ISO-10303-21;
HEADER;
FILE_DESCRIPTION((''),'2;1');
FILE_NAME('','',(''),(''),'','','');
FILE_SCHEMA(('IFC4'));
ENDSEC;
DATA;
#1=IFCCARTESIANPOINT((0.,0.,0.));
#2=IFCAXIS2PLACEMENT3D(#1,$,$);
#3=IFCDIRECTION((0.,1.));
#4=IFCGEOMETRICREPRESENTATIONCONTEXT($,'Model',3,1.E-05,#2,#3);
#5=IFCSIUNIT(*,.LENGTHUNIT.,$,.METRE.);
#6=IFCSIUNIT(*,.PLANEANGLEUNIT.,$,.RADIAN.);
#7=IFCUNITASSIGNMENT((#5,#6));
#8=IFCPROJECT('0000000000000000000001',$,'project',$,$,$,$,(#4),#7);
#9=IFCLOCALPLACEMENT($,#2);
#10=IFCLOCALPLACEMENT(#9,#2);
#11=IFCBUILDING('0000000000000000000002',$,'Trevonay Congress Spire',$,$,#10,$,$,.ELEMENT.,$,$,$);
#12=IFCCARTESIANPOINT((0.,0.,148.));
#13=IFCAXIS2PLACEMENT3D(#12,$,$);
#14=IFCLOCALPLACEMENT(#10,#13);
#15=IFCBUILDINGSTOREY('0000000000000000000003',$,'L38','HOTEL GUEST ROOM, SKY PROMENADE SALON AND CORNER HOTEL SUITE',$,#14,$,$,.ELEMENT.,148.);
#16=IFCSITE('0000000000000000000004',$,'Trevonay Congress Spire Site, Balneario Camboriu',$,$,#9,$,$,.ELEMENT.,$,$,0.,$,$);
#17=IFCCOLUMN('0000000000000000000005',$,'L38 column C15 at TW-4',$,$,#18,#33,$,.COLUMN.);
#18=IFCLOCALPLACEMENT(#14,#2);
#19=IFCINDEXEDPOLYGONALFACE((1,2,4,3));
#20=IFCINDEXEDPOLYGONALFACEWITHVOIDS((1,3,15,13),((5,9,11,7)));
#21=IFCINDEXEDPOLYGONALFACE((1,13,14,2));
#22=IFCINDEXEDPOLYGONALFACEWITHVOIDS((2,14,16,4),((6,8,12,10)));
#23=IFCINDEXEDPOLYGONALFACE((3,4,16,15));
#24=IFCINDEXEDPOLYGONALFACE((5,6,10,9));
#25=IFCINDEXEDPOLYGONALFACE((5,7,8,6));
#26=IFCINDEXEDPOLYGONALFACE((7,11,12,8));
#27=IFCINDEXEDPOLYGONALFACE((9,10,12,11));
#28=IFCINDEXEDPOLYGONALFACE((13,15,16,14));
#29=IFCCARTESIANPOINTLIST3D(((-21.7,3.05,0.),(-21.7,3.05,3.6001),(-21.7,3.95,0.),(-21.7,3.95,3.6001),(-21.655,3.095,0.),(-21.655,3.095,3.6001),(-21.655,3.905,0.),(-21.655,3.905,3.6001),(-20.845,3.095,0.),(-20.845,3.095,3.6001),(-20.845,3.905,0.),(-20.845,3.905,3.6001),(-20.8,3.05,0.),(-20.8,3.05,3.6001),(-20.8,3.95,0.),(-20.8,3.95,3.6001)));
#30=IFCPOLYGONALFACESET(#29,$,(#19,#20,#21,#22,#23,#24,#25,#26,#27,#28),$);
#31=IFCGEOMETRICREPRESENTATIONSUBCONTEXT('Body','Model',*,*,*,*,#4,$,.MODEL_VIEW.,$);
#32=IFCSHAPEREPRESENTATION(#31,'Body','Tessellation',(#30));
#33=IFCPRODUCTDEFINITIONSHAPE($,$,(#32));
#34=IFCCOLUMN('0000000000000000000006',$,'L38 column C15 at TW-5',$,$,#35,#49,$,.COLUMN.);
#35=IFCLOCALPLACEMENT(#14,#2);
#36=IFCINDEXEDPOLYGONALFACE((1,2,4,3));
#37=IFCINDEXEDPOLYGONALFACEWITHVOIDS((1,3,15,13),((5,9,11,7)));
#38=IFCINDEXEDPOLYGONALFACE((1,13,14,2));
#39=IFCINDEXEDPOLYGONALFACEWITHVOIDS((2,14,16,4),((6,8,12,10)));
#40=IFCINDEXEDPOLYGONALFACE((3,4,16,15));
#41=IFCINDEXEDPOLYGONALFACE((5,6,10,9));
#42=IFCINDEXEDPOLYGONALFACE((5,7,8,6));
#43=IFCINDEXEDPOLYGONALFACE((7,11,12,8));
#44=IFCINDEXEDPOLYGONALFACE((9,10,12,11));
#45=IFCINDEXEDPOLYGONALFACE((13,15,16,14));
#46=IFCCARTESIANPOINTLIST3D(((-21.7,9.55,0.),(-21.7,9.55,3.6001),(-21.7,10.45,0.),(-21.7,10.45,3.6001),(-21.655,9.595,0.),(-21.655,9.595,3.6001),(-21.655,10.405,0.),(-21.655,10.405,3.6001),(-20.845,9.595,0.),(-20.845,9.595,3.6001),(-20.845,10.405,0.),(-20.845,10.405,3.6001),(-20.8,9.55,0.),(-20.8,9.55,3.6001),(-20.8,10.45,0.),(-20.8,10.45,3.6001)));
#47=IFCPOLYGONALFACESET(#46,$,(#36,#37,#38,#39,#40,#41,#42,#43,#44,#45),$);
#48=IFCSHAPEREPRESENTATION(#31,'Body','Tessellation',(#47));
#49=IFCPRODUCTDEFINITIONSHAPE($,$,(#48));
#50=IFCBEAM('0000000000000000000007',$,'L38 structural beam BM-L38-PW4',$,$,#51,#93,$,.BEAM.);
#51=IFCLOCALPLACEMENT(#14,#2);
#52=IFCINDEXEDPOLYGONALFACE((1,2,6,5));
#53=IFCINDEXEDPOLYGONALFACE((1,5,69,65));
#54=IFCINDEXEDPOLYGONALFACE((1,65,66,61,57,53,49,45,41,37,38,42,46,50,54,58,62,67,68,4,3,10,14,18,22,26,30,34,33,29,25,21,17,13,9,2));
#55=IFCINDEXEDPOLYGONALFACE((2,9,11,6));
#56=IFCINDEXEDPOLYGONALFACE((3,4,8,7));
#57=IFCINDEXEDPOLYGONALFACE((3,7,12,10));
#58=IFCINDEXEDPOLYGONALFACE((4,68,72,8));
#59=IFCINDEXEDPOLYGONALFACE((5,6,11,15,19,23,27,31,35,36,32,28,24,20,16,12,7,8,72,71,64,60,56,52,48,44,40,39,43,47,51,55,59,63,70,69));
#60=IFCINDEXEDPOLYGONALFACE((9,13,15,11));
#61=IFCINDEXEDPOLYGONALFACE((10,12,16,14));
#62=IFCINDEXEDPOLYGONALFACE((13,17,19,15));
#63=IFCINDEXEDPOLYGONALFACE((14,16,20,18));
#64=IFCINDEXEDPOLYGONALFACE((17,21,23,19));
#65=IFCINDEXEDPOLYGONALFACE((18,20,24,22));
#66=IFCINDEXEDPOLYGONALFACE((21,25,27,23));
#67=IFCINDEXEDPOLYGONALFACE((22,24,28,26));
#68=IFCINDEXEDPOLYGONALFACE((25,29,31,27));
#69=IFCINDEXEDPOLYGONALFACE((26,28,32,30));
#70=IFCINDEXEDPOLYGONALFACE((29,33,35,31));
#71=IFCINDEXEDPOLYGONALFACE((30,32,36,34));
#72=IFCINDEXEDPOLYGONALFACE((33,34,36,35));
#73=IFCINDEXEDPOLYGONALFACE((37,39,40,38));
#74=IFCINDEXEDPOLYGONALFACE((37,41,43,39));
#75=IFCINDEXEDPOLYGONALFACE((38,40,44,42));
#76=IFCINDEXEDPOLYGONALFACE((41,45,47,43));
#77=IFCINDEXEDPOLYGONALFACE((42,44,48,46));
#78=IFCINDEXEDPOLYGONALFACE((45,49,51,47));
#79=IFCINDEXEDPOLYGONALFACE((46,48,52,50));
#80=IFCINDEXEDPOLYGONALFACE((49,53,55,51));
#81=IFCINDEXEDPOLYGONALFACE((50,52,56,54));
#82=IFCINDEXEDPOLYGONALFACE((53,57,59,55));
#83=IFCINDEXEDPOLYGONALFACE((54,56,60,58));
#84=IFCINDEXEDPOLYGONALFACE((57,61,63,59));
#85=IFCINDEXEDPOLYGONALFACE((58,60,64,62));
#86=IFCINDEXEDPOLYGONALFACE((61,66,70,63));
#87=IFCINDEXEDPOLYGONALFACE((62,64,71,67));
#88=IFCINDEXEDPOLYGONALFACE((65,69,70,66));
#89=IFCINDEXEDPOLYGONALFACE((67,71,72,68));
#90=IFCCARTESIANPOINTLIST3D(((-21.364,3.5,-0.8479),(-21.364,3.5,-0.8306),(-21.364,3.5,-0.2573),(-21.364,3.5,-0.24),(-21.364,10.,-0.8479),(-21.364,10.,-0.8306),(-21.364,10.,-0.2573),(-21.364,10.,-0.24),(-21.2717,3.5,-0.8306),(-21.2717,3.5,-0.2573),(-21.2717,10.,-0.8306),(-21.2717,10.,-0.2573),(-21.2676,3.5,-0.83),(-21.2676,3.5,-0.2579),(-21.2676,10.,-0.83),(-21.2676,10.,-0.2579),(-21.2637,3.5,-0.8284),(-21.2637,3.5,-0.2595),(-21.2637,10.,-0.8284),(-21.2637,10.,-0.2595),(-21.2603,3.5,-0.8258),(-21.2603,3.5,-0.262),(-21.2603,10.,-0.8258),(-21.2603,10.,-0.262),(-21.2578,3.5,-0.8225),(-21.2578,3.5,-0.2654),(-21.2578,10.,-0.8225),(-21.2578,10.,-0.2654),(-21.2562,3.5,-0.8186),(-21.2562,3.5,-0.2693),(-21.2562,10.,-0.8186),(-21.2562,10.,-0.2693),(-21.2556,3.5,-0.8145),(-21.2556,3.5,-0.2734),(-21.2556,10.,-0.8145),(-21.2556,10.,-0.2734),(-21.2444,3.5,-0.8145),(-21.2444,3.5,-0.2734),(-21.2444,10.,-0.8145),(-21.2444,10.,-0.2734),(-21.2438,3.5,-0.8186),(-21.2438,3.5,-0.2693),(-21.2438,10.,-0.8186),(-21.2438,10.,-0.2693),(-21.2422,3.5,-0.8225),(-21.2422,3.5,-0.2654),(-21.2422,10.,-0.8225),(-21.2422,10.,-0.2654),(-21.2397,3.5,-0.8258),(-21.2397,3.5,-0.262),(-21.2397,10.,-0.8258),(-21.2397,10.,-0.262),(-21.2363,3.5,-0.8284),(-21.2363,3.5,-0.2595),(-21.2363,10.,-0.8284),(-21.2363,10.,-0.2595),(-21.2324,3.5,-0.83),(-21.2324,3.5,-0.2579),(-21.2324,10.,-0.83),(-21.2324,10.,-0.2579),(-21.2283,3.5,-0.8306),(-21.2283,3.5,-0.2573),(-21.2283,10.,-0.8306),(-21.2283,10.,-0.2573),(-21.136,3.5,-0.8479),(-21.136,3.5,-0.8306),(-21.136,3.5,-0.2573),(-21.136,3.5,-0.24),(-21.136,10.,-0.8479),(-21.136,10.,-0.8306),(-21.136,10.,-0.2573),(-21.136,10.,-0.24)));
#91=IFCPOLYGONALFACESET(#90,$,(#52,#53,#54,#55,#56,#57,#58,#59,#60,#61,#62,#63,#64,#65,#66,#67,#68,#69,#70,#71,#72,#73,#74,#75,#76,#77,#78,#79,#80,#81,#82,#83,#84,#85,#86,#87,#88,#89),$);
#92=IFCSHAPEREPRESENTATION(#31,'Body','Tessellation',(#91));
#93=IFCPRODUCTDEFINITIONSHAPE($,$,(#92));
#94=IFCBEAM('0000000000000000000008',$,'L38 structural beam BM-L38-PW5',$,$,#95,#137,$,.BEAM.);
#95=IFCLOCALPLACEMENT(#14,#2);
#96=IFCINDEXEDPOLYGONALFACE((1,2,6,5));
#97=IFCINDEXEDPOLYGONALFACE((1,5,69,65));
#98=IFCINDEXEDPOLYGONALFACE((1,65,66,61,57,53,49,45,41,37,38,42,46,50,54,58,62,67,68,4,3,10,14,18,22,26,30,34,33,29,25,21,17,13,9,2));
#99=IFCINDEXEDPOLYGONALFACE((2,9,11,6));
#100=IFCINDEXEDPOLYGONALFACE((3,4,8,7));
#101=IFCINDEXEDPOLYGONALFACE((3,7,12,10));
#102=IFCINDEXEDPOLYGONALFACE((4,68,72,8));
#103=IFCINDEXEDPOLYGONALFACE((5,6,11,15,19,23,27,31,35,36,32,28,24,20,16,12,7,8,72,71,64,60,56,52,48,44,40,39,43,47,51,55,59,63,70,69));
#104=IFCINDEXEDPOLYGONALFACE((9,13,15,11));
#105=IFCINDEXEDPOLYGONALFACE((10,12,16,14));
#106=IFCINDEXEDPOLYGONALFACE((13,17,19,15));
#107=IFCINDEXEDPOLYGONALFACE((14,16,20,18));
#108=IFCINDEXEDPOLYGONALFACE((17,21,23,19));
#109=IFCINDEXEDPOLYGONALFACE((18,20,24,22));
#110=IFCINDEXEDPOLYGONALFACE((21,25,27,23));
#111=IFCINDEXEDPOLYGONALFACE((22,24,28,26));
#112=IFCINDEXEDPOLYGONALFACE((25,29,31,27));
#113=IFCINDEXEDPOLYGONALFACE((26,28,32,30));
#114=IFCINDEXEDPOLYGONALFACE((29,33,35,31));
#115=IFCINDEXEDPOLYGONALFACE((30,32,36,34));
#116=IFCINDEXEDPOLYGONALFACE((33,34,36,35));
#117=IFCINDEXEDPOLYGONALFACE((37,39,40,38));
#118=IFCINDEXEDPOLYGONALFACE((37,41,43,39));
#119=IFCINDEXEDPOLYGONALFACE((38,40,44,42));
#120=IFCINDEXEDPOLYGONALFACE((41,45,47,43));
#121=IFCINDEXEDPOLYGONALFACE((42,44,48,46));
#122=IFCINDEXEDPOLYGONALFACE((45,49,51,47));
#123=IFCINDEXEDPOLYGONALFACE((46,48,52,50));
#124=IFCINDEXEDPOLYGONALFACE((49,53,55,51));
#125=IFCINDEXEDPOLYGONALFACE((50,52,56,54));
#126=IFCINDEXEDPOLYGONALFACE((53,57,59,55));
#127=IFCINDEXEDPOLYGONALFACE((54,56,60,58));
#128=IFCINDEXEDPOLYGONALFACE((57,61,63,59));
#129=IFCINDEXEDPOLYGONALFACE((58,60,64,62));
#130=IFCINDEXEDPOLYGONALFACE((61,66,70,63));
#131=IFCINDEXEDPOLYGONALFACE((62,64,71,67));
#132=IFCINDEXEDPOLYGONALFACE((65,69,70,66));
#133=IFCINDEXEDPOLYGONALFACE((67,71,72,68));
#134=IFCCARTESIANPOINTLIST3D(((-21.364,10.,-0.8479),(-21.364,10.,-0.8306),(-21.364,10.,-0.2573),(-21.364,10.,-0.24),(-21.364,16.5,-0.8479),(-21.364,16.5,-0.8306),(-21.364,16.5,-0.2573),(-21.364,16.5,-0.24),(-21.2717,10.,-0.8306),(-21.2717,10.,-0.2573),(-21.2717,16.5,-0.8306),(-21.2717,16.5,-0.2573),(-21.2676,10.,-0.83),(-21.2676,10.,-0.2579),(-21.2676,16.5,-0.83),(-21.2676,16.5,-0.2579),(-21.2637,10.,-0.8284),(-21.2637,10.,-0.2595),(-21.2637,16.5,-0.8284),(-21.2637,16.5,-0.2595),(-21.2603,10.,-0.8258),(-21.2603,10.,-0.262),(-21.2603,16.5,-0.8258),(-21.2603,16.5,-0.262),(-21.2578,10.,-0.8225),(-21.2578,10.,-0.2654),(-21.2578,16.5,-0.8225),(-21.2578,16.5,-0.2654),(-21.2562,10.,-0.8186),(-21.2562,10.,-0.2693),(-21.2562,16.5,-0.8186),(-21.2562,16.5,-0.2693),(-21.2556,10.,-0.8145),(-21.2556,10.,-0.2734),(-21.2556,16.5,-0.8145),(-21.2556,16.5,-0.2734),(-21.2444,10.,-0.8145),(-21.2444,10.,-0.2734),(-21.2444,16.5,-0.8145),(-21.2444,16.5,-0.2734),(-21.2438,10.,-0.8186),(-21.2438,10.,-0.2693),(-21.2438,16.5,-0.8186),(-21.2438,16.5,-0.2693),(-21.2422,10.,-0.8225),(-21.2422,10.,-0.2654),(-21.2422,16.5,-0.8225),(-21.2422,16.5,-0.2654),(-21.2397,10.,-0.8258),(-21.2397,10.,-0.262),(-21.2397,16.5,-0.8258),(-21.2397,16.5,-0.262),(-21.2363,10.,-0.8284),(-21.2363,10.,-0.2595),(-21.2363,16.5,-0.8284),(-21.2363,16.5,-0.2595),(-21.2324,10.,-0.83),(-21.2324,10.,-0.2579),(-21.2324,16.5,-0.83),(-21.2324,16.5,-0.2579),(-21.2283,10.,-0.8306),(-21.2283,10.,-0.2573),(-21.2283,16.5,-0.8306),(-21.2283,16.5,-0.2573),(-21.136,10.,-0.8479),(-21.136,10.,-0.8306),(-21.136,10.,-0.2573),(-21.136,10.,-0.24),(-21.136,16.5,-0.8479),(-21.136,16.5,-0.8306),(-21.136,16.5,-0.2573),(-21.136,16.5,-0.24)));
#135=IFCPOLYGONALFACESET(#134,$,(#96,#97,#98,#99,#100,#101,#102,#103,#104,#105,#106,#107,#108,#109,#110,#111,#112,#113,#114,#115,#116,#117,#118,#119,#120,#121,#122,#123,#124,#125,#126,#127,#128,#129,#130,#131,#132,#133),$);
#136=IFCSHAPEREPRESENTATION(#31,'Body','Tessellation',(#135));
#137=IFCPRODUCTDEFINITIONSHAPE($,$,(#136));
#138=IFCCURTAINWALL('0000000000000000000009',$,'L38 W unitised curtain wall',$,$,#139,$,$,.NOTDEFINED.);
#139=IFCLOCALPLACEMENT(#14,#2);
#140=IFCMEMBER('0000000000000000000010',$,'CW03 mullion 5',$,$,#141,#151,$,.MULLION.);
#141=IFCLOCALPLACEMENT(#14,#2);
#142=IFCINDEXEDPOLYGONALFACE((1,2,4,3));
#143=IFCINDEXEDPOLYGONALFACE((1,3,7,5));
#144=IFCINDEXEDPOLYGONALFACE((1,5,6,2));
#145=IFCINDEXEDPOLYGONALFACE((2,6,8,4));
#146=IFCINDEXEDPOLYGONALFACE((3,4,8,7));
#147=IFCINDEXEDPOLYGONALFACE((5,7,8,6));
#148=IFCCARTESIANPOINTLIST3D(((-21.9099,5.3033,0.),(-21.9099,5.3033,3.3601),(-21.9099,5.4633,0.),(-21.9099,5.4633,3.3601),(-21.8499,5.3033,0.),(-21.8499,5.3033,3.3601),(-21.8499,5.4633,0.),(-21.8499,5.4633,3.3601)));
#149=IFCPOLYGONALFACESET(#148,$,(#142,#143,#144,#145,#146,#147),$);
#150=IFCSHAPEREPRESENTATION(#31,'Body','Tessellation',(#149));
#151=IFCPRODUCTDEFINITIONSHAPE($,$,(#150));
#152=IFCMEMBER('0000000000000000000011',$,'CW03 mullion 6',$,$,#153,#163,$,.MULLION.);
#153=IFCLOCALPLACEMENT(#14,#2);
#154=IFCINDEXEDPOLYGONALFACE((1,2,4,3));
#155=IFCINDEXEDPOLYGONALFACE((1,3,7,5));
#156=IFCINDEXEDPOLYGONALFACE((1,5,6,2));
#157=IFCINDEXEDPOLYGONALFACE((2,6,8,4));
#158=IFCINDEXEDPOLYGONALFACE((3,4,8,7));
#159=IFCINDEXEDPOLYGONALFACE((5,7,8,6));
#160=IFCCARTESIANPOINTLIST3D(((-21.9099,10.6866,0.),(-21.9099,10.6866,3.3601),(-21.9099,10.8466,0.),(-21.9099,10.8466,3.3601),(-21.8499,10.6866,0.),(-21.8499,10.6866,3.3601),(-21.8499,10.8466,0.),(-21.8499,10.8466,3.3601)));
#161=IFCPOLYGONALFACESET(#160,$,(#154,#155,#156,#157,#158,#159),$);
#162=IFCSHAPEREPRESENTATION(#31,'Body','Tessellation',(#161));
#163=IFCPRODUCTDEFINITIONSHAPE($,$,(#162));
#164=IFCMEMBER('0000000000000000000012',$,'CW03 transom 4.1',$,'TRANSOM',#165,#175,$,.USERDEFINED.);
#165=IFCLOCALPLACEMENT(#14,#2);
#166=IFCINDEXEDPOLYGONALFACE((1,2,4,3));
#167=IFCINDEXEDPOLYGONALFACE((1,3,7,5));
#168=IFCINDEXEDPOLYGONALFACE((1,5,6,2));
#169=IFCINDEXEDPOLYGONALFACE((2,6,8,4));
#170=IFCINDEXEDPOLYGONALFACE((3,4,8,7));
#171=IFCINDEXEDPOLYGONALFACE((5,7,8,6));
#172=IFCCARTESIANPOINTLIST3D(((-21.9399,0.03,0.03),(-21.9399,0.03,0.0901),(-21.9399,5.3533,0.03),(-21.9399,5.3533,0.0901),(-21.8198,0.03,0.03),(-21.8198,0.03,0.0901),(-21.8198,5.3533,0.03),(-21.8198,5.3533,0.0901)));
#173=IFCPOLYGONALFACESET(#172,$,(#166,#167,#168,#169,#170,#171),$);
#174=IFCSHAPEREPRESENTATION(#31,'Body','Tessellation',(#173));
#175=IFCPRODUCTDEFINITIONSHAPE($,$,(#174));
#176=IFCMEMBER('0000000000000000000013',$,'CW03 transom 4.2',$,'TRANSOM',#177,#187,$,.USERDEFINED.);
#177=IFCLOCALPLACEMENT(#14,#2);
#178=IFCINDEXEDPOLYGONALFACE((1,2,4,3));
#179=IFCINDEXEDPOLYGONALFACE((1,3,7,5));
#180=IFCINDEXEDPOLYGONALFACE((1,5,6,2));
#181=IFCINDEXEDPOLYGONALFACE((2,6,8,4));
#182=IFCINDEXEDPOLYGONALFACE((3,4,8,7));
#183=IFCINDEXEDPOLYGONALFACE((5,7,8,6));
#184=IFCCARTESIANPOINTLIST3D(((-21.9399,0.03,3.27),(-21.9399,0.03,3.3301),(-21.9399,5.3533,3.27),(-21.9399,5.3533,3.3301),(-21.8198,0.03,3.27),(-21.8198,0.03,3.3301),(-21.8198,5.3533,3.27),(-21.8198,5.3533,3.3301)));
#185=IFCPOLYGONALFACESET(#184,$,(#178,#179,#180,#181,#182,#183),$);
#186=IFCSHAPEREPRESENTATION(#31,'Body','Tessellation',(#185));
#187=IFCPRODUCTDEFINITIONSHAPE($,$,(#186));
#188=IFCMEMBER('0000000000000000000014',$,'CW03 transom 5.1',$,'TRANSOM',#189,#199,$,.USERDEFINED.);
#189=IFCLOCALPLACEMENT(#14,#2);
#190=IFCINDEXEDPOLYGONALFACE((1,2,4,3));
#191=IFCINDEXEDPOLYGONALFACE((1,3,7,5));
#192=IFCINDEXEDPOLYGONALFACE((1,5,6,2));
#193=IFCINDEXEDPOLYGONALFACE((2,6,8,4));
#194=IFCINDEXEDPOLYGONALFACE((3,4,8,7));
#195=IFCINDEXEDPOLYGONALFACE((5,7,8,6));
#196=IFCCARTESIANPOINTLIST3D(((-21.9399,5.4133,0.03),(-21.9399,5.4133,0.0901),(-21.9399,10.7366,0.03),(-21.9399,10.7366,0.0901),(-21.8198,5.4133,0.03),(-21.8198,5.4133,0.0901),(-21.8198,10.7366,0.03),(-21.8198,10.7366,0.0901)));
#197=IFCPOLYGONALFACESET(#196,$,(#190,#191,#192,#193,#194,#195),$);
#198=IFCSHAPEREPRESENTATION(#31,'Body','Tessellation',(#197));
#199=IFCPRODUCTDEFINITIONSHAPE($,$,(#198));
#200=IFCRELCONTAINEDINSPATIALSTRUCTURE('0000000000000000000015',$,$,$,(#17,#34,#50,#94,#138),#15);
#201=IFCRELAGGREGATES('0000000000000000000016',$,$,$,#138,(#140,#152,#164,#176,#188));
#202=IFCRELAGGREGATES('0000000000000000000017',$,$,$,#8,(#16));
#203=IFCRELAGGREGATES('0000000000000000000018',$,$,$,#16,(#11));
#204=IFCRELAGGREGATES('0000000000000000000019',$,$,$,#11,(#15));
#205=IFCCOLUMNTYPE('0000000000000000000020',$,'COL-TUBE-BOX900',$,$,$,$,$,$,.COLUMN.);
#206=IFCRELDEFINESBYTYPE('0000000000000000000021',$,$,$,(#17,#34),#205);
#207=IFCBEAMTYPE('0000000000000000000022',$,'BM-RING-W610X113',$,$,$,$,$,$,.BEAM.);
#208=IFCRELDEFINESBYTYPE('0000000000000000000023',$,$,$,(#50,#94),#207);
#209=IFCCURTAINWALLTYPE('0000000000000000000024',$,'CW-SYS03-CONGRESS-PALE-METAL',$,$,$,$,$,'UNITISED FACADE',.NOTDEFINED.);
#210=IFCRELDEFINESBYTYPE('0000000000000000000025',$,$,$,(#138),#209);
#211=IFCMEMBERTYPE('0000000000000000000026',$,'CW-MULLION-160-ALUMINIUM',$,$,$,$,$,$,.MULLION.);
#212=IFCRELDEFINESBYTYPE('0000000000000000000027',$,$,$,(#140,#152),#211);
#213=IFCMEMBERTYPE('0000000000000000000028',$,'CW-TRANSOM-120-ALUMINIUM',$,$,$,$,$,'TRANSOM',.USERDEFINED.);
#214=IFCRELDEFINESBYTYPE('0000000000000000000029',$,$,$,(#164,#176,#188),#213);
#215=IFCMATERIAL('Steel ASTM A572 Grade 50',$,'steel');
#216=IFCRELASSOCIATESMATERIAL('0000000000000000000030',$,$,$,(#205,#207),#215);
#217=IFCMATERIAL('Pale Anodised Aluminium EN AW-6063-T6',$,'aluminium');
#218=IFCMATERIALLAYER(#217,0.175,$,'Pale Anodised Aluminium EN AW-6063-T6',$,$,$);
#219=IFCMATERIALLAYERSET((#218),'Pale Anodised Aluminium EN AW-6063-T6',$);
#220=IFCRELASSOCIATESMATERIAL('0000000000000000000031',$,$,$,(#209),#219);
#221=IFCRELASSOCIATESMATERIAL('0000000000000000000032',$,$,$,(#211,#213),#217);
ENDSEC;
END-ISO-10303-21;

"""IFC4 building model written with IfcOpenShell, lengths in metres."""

from ifc_helpers import new_model, si_unit, direction, frame, origin, origin_2d, place, context, subcontext, project, spatial, rectangle, hollow_rectangle, i_section, extrude, material, layer, layer_set, material_profile, profile_set, type_object, element, aggregate, save


model = new_model("IFC4")

# Units and contexts
model_context = context("Model", 3, precision=1e-05, world=origin(), true_north=direction((0.0, 1.0)))
body_context = subcontext(model_context, "Body", "Model", "MODEL_VIEW")
ifc_project = project(units=[si_unit("LENGTHUNIT", "METRE"), si_unit("PLANEANGLEUNIT", "RADIAN")], contexts=[model_context])

# Site, building, storey
site_placement = place(None, origin())
site = spatial("IfcSite", under=ifc_project, at=site_placement, Name="Trevonay Congress Spire Site, Balneario Camboriu", CompositionType="ELEMENT", RefElevation=0.0)
building_placement = place(site_placement, origin())
building = spatial("IfcBuilding", under=site, at=building_placement, Name="Trevonay Congress Spire", CompositionType="ELEMENT")
storey_placement = place(building_placement, frame((0.0, 0.0, 148.0)))
storey = spatial("IfcBuildingStorey", under=building, at=storey_placement, Name="L38", Description="HOTEL GUEST ROOM, SKY PROMENADE SALON AND CORNER HOTEL SUITE", CompositionType="ELEMENT", Elevation=148.0)

# Columns
ifc_material_1 = material(Name="Steel ASTM A572 Grade 50", Category="steel")
ifc_material_profile_1 = material_profile(ifc_material_1, hollow_rectangle(XDim=0.8999, YDim=0.8999, WallThickness=0.0449, at=origin_2d()), Name="BOX 900x900x45")
ifc_profile_set_1 = profile_set([ifc_material_profile_1], Name="Steel ASTM A572 Grade 50")
column_type = type_object("IfcColumnType", Name="COL-TUBE-BOX900", PredefinedType="COLUMN", material=ifc_profile_set_1)
for number, where, z_axis, x_axis, name in (
    (1, (-21.25, 3.5, 0.0), (0.0, 0.0, 1.0), (1.0, 0.0, 0.0), "L38 column C15 at TW-4"),
    (2, (-21.25, 10.0, 0.0), (0.0, 0.0, 1.0), (1.0, 0.0, 0.0), "L38 column C15 at TW-5"),
):
    element("IfcColumn", number, at=place(storey_placement, frame(where, z_axis=z_axis, x_axis=x_axis)), inside=storey, type_object=column_type, Name=name, PredefinedType="COLUMN", context=body_context, shape_type="SweptSolid", body=[
        extrude(hollow_rectangle(XDim=0.8999, YDim=0.8999, WallThickness=0.0449, at=origin_2d()), origin(), (0.0, 0.0, 1.0), 3.6001),
    ])

# Beams
ifc_material_profile_2 = material_profile(ifc_material_1, i_section(OverallWidth=0.228, OverallDepth=0.6079, WebThickness=0.0112, FlangeThickness=0.0173, FilletRadius=0.0161, at=origin_2d()), Name="W610x113")
ifc_profile_set_2 = profile_set([ifc_material_profile_2], Name="Steel ASTM A572 Grade 50")
beam_type = type_object("IfcBeamType", Name="BM-RING-W610X113", PredefinedType="BEAM", material=ifc_profile_set_2)
for number, where, z_axis, x_axis, name in (
    (3, (-21.25, 3.5, -0.5439), (0.0, 1.0, 0.0), (-1.0, 0.0, 0.0), "L38 structural beam BM-L38-PW4"),
    (4, (-21.25, 10.0, -0.5439), (0.0, 1.0, 0.0), (-1.0, 0.0, 0.0), "L38 structural beam BM-L38-PW5"),
):
    element("IfcBeam", number, at=place(storey_placement, frame(where, z_axis=z_axis, x_axis=x_axis)), inside=storey, type_object=beam_type, Name=name, PredefinedType="BEAM", context=body_context, shape_type="SweptSolid", body=[
        extrude(i_section(OverallWidth=0.228, OverallDepth=0.6079, WebThickness=0.0112, FlangeThickness=0.0173, FilletRadius=0.0161, at=origin_2d()), origin(), (0.0, 0.0, 1.0), 6.5),
    ])

# Curtain wall, members
ifc_material_2 = material(Name="Pale Anodised Aluminium EN AW-6063-T6", Category="aluminium")
ifc_layer_1 = layer(ifc_material_2, 0.175, Name="Pale Anodised Aluminium EN AW-6063-T6")
ifc_layer_set_1 = layer_set([ifc_layer_1], Name="Pale Anodised Aluminium EN AW-6063-T6")
curtain_wall_type = type_object("IfcCurtainWallType", Name="CW-SYS03-CONGRESS-PALE-METAL", ElementType="UNITISED FACADE", PredefinedType="NOTDEFINED", material=ifc_layer_set_1)
curtain_wall_placement = place(storey_placement, origin())
curtain_wall = element("IfcCurtainWall", 5, at=curtain_wall_placement, inside=storey, type_object=curtain_wall_type, Name="L38 W unitised curtain wall", PredefinedType="NOTDEFINED")
ifc_material_profile_3 = material_profile(ifc_material_2, rectangle(XDim=0.0601, YDim=0.1599, at=origin_2d()), Name="CW-MULLION-160-ALUMINIUM")
ifc_profile_set_3 = profile_set([ifc_material_profile_3], Name="Pale Anodised Aluminium EN AW-6063-T6")
member_type_1 = type_object("IfcMemberType", Name="CW-MULLION-160-ALUMINIUM", PredefinedType="MULLION", material=ifc_profile_set_3)
member_1_placement = place(storey_placement, frame((-21.8799, 5.3833, 0.0), z_axis=(0.0, 0.0, 1.0), x_axis=(-1.0, 0.0, 0.0)))
member_1 = element("IfcMember", 6, at=member_1_placement, type_object=member_type_1, Name="CW03 mullion 5", PredefinedType="MULLION", context=body_context, shape_type="SweptSolid", body=[
    extrude(rectangle(XDim=0.0601, YDim=0.1599, at=origin_2d()), origin(), (0.0, 0.0, 1.0), 3.3601),
])
member_2_placement = place(storey_placement, frame((-21.8799, 10.7666, 0.0), z_axis=(0.0, 0.0, 1.0), x_axis=(-1.0, 0.0, 0.0)))
member_2 = element("IfcMember", 7, at=member_2_placement, type_object=member_type_1, Name="CW03 mullion 6", PredefinedType="MULLION", context=body_context, shape_type="SweptSolid", body=[
    extrude(rectangle(XDim=0.0601, YDim=0.1599, at=origin_2d()), origin(), (0.0, 0.0, 1.0), 3.3601),
])
ifc_material_profile_4 = material_profile(ifc_material_2, rectangle(XDim=0.1201, YDim=0.0601, at=origin_2d()), Name="CW-TRANSOM-120-ALUMINIUM")
ifc_profile_set_4 = profile_set([ifc_material_profile_4], Name="Pale Anodised Aluminium EN AW-6063-T6")
member_type_2 = type_object("IfcMemberType", Name="CW-TRANSOM-120-ALUMINIUM", ElementType="TRANSOM", PredefinedType="USERDEFINED", material=ifc_profile_set_4)
member_3_placement = place(storey_placement, frame((-21.8799, 0.03, 0.0601), z_axis=(0.0, 1.0, 0.0), x_axis=(-1.0, 0.0, 0.0)))
member_3 = element("IfcMember", 8, at=member_3_placement, type_object=member_type_2, Name="CW03 transom 4.1", ObjectType="TRANSOM", PredefinedType="USERDEFINED", context=body_context, shape_type="SweptSolid", body=[
    extrude(rectangle(XDim=0.1201, YDim=0.0601, at=origin_2d()), origin(), (0.0, 0.0, 1.0), 5.3232),
])
member_4_placement = place(storey_placement, frame((-21.8799, 0.03, 3.3), z_axis=(0.0, 1.0, 0.0), x_axis=(-1.0, 0.0, 0.0)))
member_4 = element("IfcMember", 9, at=member_4_placement, type_object=member_type_2, Name="CW03 transom 4.2", ObjectType="TRANSOM", PredefinedType="USERDEFINED", context=body_context, shape_type="SweptSolid", body=[
    extrude(rectangle(XDim=0.1201, YDim=0.0601, at=origin_2d()), origin(), (0.0, 0.0, 1.0), 5.3232),
])
member_5_placement = place(storey_placement, frame((-21.8799, 5.4133, 0.0601), z_axis=(0.0, 1.0, 0.0), x_axis=(-1.0, 0.0, 0.0)))
member_5 = element("IfcMember", 10, at=member_5_placement, type_object=member_type_2, Name="CW03 transom 5.1", ObjectType="TRANSOM", PredefinedType="USERDEFINED", context=body_context, shape_type="SweptSolid", body=[
    extrude(rectangle(XDim=0.1201, YDim=0.0601, at=origin_2d()), origin(), (0.0, 0.0, 1.0), 5.3232),
])
aggregate(curtain_wall, [member_1, member_2, member_3, member_4, member_5])

save(model, "model.ifc")
